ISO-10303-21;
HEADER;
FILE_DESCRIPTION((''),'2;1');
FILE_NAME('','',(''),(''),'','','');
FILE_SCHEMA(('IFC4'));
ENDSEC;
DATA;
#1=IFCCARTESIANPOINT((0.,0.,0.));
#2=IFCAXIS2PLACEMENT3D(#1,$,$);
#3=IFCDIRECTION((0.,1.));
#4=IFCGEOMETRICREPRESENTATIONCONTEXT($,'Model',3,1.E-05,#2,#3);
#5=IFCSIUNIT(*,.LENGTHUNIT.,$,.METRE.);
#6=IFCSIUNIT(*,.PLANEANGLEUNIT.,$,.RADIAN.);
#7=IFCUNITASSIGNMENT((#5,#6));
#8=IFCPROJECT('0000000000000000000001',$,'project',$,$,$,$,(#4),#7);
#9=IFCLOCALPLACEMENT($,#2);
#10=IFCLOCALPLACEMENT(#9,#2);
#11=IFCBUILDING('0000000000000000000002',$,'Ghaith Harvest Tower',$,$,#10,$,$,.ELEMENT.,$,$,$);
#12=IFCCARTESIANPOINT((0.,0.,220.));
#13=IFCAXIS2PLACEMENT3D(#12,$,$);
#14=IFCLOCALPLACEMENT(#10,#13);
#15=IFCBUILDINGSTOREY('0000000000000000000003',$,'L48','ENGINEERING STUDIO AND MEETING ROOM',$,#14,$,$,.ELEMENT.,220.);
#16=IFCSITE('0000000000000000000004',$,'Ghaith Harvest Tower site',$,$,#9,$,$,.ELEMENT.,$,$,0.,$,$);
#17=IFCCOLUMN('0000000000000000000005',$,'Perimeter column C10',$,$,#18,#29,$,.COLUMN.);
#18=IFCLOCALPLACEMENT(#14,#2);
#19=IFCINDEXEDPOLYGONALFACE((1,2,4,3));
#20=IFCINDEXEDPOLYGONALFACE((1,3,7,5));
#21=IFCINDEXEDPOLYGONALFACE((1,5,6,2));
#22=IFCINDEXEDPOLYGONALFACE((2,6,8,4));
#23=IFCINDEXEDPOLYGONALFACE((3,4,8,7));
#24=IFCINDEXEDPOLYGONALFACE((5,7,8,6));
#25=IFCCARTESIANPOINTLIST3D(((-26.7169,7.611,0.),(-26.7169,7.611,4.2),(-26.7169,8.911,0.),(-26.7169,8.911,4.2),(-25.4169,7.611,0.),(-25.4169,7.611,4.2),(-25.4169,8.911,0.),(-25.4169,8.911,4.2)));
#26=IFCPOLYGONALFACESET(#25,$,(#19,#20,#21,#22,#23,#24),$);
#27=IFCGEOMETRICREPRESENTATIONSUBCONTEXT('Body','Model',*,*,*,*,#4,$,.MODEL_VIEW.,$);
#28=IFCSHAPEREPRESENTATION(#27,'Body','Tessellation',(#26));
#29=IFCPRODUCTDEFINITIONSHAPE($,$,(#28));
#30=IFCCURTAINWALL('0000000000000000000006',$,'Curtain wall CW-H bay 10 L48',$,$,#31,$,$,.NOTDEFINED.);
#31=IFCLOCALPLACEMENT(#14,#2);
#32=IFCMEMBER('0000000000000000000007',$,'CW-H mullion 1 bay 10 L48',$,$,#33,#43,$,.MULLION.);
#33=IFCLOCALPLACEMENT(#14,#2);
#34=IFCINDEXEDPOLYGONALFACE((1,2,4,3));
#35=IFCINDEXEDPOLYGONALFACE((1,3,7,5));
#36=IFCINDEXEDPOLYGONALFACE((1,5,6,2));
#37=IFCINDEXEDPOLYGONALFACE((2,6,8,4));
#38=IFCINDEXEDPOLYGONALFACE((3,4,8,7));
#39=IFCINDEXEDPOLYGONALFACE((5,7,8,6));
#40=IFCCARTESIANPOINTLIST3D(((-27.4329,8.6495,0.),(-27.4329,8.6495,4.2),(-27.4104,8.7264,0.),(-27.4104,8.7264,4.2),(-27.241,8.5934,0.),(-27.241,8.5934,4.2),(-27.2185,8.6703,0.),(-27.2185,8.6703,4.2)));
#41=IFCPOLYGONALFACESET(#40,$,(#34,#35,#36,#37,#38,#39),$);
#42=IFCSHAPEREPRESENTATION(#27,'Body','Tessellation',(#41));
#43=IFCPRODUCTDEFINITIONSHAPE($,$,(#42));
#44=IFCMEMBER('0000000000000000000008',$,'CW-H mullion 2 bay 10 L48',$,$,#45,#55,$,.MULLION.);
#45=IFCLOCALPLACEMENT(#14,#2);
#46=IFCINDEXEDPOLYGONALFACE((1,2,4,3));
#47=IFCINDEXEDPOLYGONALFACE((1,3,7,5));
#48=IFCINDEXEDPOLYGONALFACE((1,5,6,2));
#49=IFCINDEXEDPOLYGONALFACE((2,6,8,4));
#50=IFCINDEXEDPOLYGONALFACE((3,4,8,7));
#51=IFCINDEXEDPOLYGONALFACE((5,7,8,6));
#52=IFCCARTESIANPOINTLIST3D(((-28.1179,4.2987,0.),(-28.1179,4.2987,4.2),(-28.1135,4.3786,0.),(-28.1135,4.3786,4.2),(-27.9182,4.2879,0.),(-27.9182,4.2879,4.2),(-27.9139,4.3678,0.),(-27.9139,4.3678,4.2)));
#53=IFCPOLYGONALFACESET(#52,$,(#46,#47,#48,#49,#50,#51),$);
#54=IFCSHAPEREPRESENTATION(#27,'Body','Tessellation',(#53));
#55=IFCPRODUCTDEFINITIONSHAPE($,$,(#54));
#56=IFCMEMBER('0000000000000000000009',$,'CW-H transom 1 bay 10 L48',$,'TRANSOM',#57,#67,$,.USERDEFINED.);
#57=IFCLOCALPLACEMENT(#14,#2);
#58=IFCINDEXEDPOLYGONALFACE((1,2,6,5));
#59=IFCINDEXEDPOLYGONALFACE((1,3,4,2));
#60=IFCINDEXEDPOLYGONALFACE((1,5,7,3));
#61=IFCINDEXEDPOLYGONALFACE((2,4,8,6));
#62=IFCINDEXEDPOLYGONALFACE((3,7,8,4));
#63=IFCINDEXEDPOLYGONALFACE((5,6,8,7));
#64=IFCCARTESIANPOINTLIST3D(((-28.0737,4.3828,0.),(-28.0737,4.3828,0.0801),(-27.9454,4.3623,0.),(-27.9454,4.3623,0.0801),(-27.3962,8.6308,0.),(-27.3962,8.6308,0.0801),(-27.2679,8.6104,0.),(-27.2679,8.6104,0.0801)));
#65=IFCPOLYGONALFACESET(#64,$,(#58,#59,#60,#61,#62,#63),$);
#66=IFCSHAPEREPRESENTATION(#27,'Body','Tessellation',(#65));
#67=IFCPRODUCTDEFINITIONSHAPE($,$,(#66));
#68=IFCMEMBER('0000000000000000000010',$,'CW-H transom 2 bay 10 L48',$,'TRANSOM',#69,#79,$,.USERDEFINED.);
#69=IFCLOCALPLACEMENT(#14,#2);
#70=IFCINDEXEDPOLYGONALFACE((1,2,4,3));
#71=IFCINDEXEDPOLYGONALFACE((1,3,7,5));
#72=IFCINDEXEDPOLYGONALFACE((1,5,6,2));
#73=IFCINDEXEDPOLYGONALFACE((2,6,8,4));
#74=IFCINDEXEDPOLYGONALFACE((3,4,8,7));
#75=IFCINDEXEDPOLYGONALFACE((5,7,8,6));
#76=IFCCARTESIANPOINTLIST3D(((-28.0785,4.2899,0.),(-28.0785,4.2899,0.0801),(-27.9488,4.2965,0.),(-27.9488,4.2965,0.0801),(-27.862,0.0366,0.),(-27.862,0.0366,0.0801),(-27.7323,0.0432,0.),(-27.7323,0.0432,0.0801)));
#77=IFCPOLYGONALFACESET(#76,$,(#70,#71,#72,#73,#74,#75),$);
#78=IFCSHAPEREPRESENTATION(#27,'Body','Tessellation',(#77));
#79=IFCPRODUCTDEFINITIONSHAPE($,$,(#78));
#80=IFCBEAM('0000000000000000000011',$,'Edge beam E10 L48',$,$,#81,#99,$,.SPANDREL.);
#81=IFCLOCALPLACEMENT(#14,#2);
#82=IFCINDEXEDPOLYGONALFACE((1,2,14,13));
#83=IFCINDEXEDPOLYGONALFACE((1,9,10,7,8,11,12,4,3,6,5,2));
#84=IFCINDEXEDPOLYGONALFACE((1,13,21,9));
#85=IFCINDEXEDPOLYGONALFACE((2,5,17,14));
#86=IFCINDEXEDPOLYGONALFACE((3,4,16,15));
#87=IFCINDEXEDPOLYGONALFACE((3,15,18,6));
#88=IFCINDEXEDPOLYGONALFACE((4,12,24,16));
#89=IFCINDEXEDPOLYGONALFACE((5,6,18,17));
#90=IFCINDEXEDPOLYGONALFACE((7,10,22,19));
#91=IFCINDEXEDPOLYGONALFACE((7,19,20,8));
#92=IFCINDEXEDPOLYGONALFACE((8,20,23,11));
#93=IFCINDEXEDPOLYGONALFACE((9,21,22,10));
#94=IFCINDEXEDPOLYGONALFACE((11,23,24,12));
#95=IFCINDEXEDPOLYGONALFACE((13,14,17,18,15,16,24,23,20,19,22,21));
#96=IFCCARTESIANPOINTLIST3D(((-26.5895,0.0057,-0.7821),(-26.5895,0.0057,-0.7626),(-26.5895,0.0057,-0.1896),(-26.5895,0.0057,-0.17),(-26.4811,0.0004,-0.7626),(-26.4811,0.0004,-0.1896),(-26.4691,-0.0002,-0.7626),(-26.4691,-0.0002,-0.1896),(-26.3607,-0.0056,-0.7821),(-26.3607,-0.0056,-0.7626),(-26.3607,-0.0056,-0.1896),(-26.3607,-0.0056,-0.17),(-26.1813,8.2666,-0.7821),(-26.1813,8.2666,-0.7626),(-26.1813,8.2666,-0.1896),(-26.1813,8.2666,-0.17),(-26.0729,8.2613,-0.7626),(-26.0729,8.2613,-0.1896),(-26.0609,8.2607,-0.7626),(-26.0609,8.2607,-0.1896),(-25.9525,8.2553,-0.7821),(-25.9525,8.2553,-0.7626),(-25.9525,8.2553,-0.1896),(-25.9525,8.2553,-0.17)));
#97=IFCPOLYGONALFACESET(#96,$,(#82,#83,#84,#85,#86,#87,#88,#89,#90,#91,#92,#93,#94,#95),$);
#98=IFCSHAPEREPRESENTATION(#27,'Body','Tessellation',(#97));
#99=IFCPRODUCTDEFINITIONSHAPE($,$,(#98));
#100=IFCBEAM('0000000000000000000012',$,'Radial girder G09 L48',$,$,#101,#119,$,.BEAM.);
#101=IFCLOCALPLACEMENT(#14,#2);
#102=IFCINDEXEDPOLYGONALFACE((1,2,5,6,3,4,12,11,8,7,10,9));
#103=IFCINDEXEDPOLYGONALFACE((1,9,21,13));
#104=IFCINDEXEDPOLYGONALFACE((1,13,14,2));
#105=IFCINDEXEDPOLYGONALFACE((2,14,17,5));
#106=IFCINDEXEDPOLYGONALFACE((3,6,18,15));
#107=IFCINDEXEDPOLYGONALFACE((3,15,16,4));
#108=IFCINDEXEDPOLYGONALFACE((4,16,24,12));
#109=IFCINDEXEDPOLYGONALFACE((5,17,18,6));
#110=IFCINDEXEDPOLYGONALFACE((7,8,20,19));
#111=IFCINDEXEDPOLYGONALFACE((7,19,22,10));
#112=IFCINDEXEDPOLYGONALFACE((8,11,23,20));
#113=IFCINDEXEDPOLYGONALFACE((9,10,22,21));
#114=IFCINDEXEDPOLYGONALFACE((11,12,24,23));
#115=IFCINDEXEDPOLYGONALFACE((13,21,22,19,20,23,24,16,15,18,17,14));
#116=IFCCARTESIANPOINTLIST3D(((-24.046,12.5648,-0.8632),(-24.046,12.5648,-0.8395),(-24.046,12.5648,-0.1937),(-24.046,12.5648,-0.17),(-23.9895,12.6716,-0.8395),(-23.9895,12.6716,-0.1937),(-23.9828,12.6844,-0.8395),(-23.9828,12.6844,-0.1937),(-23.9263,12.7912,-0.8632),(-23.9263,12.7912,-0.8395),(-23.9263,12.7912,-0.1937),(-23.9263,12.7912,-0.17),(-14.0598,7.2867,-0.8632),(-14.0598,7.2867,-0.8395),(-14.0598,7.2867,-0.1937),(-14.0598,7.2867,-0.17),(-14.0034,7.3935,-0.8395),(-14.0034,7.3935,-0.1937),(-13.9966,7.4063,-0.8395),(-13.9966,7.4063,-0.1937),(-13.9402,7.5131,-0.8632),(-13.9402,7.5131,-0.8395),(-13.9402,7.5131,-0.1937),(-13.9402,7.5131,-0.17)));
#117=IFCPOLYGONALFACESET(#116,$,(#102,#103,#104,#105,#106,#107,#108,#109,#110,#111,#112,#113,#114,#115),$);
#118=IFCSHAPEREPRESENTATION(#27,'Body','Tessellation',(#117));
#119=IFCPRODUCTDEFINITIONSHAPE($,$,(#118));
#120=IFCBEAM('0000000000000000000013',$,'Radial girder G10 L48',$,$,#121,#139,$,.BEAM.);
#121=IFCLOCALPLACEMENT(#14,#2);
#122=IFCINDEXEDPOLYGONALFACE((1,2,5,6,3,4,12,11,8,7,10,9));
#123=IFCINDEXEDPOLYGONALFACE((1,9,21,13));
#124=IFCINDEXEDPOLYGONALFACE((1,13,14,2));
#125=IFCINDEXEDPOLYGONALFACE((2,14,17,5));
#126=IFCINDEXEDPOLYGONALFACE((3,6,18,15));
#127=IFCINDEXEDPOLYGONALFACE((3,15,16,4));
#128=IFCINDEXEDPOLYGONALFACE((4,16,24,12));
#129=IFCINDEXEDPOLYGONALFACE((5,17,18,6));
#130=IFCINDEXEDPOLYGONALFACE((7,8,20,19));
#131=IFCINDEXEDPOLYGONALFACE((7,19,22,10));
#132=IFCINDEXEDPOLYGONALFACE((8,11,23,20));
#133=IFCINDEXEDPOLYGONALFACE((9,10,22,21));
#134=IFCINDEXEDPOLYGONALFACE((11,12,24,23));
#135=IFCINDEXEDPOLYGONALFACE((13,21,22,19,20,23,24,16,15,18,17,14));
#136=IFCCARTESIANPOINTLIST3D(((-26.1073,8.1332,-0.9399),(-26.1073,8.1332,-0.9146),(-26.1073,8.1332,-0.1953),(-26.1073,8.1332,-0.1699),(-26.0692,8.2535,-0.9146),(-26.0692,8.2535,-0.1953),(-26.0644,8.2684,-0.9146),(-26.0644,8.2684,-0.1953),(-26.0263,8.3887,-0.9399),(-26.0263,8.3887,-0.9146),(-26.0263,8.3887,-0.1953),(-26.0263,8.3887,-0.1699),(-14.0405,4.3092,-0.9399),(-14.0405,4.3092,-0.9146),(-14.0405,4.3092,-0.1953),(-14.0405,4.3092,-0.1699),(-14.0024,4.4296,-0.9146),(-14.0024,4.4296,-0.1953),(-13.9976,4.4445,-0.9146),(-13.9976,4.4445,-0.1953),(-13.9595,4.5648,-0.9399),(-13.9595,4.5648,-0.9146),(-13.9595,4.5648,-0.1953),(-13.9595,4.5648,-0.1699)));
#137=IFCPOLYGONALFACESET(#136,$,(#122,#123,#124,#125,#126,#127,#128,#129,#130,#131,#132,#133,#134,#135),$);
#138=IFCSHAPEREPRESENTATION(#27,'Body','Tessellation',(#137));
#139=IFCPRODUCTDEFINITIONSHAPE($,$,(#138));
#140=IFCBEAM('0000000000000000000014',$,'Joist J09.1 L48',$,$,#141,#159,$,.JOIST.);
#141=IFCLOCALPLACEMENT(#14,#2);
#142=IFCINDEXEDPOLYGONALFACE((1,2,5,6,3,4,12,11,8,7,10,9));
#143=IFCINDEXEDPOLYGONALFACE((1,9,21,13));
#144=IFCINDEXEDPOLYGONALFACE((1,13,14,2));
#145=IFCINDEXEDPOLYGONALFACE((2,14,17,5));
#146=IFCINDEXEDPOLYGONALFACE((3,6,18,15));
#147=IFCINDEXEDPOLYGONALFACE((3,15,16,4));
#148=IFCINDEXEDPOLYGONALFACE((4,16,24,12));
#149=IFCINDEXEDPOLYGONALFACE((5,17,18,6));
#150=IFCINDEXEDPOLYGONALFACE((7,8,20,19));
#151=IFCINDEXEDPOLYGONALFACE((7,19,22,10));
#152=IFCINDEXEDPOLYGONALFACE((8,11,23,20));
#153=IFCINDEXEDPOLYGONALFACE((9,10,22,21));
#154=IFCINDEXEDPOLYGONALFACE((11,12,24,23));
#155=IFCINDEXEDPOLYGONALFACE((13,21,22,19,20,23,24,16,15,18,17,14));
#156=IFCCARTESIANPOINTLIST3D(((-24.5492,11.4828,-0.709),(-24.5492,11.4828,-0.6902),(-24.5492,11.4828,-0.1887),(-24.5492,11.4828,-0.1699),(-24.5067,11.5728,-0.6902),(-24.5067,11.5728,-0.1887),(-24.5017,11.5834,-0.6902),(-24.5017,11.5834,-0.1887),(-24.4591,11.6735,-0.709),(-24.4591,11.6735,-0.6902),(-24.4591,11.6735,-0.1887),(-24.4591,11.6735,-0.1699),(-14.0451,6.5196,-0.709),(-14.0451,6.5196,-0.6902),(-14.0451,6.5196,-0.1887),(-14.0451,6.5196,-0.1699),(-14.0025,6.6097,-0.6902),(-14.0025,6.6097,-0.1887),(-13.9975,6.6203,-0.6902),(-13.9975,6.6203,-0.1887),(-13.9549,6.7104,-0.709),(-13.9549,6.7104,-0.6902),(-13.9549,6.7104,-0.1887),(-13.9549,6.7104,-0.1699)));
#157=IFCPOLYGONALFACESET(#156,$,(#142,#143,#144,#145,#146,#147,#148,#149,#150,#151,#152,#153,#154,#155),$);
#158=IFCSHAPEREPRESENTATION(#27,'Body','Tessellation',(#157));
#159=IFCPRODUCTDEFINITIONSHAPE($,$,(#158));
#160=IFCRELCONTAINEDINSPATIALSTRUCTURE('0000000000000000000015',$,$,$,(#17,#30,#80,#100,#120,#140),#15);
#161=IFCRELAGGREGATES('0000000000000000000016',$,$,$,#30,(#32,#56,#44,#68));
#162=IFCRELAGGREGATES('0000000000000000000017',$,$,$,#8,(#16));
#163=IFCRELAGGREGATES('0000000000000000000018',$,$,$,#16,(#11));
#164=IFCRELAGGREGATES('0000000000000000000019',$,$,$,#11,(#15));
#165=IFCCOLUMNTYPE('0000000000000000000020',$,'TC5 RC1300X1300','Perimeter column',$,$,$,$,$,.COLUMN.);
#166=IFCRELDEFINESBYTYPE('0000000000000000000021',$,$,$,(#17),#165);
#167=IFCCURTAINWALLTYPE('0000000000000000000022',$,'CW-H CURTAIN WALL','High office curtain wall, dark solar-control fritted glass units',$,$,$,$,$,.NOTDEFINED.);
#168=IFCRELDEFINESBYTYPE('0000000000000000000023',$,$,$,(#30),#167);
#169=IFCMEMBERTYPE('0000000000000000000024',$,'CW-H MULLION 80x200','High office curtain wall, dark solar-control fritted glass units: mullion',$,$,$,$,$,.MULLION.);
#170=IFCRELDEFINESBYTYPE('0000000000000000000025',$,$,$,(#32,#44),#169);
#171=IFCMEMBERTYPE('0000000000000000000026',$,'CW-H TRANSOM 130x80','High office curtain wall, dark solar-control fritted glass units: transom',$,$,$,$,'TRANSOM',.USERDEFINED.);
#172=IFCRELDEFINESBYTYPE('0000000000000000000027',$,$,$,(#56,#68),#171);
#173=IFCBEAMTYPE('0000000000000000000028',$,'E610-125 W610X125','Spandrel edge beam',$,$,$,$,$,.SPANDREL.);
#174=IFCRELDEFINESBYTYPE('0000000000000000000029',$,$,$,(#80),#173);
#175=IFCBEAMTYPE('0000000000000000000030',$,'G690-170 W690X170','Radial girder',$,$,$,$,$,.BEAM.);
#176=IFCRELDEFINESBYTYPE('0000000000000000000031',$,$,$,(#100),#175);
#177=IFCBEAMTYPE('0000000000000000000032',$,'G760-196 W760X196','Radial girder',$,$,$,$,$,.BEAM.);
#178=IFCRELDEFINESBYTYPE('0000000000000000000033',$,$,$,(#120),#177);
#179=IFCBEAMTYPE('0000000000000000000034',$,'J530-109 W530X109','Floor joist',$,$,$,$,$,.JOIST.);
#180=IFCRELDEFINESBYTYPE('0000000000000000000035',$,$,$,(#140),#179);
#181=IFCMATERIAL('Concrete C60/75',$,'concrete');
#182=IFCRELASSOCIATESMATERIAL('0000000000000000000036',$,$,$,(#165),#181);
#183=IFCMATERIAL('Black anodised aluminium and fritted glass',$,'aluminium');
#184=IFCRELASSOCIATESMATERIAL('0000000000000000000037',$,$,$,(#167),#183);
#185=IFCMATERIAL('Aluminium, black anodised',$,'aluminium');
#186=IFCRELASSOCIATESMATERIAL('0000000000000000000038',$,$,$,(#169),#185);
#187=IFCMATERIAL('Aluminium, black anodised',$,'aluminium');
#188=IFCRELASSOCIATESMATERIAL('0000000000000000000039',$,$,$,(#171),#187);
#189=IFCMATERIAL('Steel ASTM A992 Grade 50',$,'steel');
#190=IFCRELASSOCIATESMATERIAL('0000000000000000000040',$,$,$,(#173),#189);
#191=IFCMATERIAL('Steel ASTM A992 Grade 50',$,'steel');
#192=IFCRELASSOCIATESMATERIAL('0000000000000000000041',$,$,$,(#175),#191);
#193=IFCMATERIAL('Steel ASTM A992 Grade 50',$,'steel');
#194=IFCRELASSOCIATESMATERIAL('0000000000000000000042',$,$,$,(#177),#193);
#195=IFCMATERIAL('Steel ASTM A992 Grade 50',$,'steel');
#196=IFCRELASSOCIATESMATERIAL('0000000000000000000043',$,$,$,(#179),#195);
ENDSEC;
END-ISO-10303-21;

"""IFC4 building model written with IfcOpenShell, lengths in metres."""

from ifc_helpers import new_model, si_unit, direction, frame, origin, origin_2d, place, context, subcontext, project, spatial, rectangle, i_section, extrude, material, material_profile, profile_set, type_object, element, aggregate, save


model = new_model("IFC4")

# Units and contexts
model_context = context("Model", 3, precision=1e-05, world=origin(), true_north=direction((0.0, 1.0)))
body_context = subcontext(model_context, "Body", "Model", "MODEL_VIEW")
ifc_project = project(units=[si_unit("LENGTHUNIT", "METRE"), si_unit("PLANEANGLEUNIT", "RADIAN")], contexts=[model_context])

# Site, building, storey
site_placement = place(None, origin())
site = spatial("IfcSite", under=ifc_project, at=site_placement, Name="Ghaith Harvest Tower site", CompositionType="ELEMENT", RefElevation=0.0)
building_placement = place(site_placement, origin())
building = spatial("IfcBuilding", under=site, at=building_placement, Name="Ghaith Harvest Tower", CompositionType="ELEMENT")
storey_placement = place(building_placement, frame((0.0, 0.0, 220.0)))
storey = spatial("IfcBuildingStorey", under=building, at=storey_placement, Name="L48", Description="ENGINEERING STUDIO AND MEETING ROOM", CompositionType="ELEMENT", Elevation=220.0)

# Column
ifc_material_1 = material(Name="Concrete C60/75", Category="concrete")
ifc_material_profile_1 = material_profile(ifc_material_1, rectangle(XDim=1.3, YDim=1.3, at=origin_2d()), Name="RC1300X1300")
ifc_profile_set_1 = profile_set([ifc_material_profile_1], Name="Concrete C60/75")
column_type = type_object("IfcColumnType", Name="TC5 RC1300X1300", Description="Perimeter column", PredefinedType="COLUMN", material=ifc_profile_set_1)
column_placement = place(storey_placement, frame((-26.0669, 8.261, 0.0), z_axis=(0.0, 0.0, 1.0), x_axis=(1.0, 0.0, 0.0)))
element("IfcColumn", 1, at=column_placement, inside=storey, type_object=column_type, Name="Perimeter column C10", PredefinedType="COLUMN", context=body_context, shape_type="SweptSolid", body=[
    extrude(rectangle(XDim=1.3, YDim=1.3, at=origin_2d()), origin(), (0.0, 0.0, 1.0), 4.2),
])

# Curtain wall, members
ifc_material_2 = material(Name="Black anodised aluminium and fritted glass", Category="aluminium")
curtain_wall_type = type_object("IfcCurtainWallType", Name="CW-H CURTAIN WALL", Description="High office curtain wall, dark solar-control fritted glass units", PredefinedType="NOTDEFINED", material=ifc_material_2)
curtain_wall_placement = place(storey_placement, origin())
curtain_wall = element("IfcCurtainWall", 2, at=curtain_wall_placement, inside=storey, type_object=curtain_wall_type, Name="Curtain wall CW-H bay 10 L48", PredefinedType="NOTDEFINED")
ifc_material_3 = material(Name="Aluminium, black anodised", Category="aluminium")
ifc_material_profile_2 = material_profile(ifc_material_3, rectangle(XDim=0.0801, YDim=0.2, at=origin_2d()), Name="CW-H MULLION 80x200")
ifc_profile_set_2 = profile_set([ifc_material_profile_2], Name="Aluminium, black anodised")
member_type_1 = type_object("IfcMemberType", Name="CW-H MULLION 80x200", Description="High office curtain wall, dark solar-control fritted glass units: mullion", PredefinedType="MULLION", material=ifc_profile_set_2)
member_1_placement = place(storey_placement, frame((-27.3257, 8.6599, 0.0), z_axis=(0.0, 0.0, 1.0), x_axis=(-0.28052, -0.959848, 0.0)))
member_1 = element("IfcMember", 3, at=member_1_placement, type_object=member_type_1, Name="CW-H mullion 1 bay 10 L48", PredefinedType="MULLION", context=body_context, shape_type="SweptSolid", body=[
    extrude(rectangle(XDim=0.0801, YDim=0.2, at=origin_2d()), origin(), (0.0, 0.0, 1.0), 4.2),
])
member_2_placement = place(storey_placement, frame((-28.0159, 4.3333, 0.0), z_axis=(0.0, 0.0, 1.0), x_axis=(-0.054116, -0.998535, 0.0)))
member_2 = element("IfcMember", 4, at=member_2_placement, type_object=member_type_1, Name="CW-H mullion 2 bay 10 L48", PredefinedType="MULLION", context=body_context, shape_type="SweptSolid", body=[
    extrude(rectangle(XDim=0.0801, YDim=0.2, at=origin_2d()), origin(), (0.0, 0.0, 1.0), 4.2),
])
ifc_material_4 = material(Name="Aluminium, black anodised", Category="aluminium")
ifc_material_profile_3 = material_profile(ifc_material_4, rectangle(XDim=0.1299, YDim=0.0801, at=origin_2d()), Name="CW-H TRANSOM 130x80")
ifc_profile_set_3 = profile_set([ifc_material_profile_3], Name="Aluminium, black anodised")
member_type_2 = type_object("IfcMemberType", Name="CW-H TRANSOM 130x80", Description="High office curtain wall, dark solar-control fritted glass units: transom", ElementType="TRANSOM", PredefinedType="USERDEFINED", material=ifc_profile_set_3)
member_3_placement = place(storey_placement, frame((-27.332, 8.6206, 0.04), z_axis=(-0.157492, -0.98752, 0.0), x_axis=(0.98752, -0.157492, 0.0)))
member_3 = element("IfcMember", 5, at=member_3_placement, type_object=member_type_2, Name="CW-H transom 1 bay 10 L48", ObjectType="TRANSOM", PredefinedType="USERDEFINED", context=body_context, shape_type="SweptSolid", body=[
    extrude(rectangle(XDim=0.1299, YDim=0.0801, at=origin_2d()), origin(), (0.0, 0.0, 1.0), 4.3018),
])
member_4_placement = place(storey_placement, frame((-28.0137, 4.2932, 0.04), z_axis=(0.05085, -0.998706, 0.0), x_axis=(0.998706, 0.05085, 0.0)))
member_4 = element("IfcMember", 6, at=member_4_placement, type_object=member_type_2, Name="CW-H transom 2 bay 10 L48", ObjectType="TRANSOM", PredefinedType="USERDEFINED", context=body_context, shape_type="SweptSolid", body=[
    extrude(rectangle(XDim=0.1299, YDim=0.0801, at=origin_2d()), origin(), (0.0, 0.0, 1.0), 4.2588),
])

# Beams
ifc_material_5 = material(Name="Steel ASTM A992 Grade 50", Category="steel")
ifc_material_profile_4 = material_profile(ifc_material_5, i_section(OverallWidth=0.229, OverallDepth=0.6121, WebThickness=0.012, FlangeThickness=0.0195, at=origin_2d()), Name="W610X125")
ifc_profile_set_4 = profile_set([ifc_material_profile_4], Name="Steel ASTM A992 Grade 50")
beam_type_1 = type_object("IfcBeamType", Name="E610-125 W610X125", Description="Spandrel edge beam", PredefinedType="SPANDREL", material=ifc_profile_set_4)
beam_1_placement = place(storey_placement, frame((-26.0669, 8.261, -0.4761), z_axis=(-0.049353, -0.998781, 0.0), x_axis=(0.998781, -0.049353, 0.0)))
element("IfcBeam", 7, at=beam_1_placement, inside=storey, type_object=beam_type_1, Name="Edge beam E10 L48", PredefinedType="SPANDREL", context=body_context, shape_type="SweptSolid", body=[
    extrude(i_section(OverallWidth=0.229, OverallDepth=0.6121, WebThickness=0.012, FlangeThickness=0.0195, at=origin_2d()), origin(), (0.0, 0.0, 1.0), 8.271),
])
ifc_material_6 = material(Name="Steel ASTM A992 Grade 50", Category="steel")
ifc_material_profile_5 = material_profile(ifc_material_6, i_section(OverallWidth=0.2561, OverallDepth=0.6931, WebThickness=0.0144, FlangeThickness=0.0237, at=origin_2d()), Name="W690X170")
ifc_profile_set_5 = profile_set([ifc_material_profile_5], Name="Steel ASTM A992 Grade 50")
beam_type_2 = type_object("IfcBeamType", Name="G690-170 W690X170", Description="Radial girder", PredefinedType="BEAM", material=ifc_profile_set_5)
beam_2_placement = place(storey_placement, frame((-14.0, 7.3999, -0.5166), z_axis=(-0.884105, 0.467288, 0.0), x_axis=(-0.467288, -0.884105, 0.0)))
element("IfcBeam", 8, at=beam_2_placement, inside=storey, type_object=beam_type_2, Name="Radial girder G09 L48", PredefinedType="BEAM", context=body_context, shape_type="SweptSolid", body=[
    extrude(i_section(OverallWidth=0.2561, OverallDepth=0.6931, WebThickness=0.0144, FlangeThickness=0.0237, at=origin_2d()), origin(), (0.0, 0.0, 1.0), 11.2952),
])
ifc_material_7 = material(Name="Steel ASTM A992 Grade 50", Category="steel")
ifc_material_profile_6 = material_profile(ifc_material_7, i_section(OverallWidth=0.2681, OverallDepth=0.77, WebThickness=0.0156, FlangeThickness=0.0254, at=origin_2d()), Name="W760X196")
ifc_profile_set_6 = profile_set([ifc_material_profile_6], Name="Steel ASTM A992 Grade 50")
beam_type_3 = type_object("IfcBeamType", Name="G760-196 W760X196", Description="Radial girder", PredefinedType="BEAM", material=ifc_profile_set_6)
beam_3_placement = place(storey_placement, frame((-14.0, 4.437, -0.5549), z_axis=(-0.953279, 0.302092, 0.0), x_axis=(-0.302092, -0.953279, 0.0)))
element("IfcBeam", 9, at=beam_3_placement, inside=storey, type_object=beam_type_3, Name="Radial girder G10 L48", PredefinedType="BEAM", context=body_context, shape_type="SweptSolid", body=[
    extrude(i_section(OverallWidth=0.2681, OverallDepth=0.77, WebThickness=0.0156, FlangeThickness=0.0254, at=origin_2d()), origin(), (0.0, 0.0, 1.0), 12.6582),
])
ifc_material_8 = material(Name="Steel ASTM A992 Grade 50", Category="steel")
ifc_material_profile_7 = material_profile(ifc_material_8, i_section(OverallWidth=0.2109, OverallDepth=0.5391, WebThickness=0.0117, FlangeThickness=0.0188, at=origin_2d()), Name="W530X109")
ifc_profile_set_7 = profile_set([ifc_material_profile_7], Name="Steel ASTM A992 Grade 50")
beam_type_4 = type_object("IfcBeamType", Name="J530-109 W530X109", Description="Floor joist", PredefinedType="JOIST", material=ifc_profile_set_7)
beam_4_placement = place(storey_placement, frame((-14.0, 6.615, -0.4395), z_axis=(-0.904154, 0.427206, 0.0), x_axis=(-0.427206, -0.904154, 0.0)))
element("IfcBeam", 10, at=beam_4_placement, inside=storey, type_object=beam_type_4, Name="Joist J09.1 L48", PredefinedType="JOIST", context=body_context, shape_type="SweptSolid", body=[
    extrude(i_section(OverallWidth=0.2109, OverallDepth=0.5391, WebThickness=0.0117, FlangeThickness=0.0188, at=origin_2d()), origin(), (0.0, 0.0, 1.0), 11.6177),
])

aggregate(curtain_wall, [member_1, member_3, member_2, member_4])

save(model, "model.ifc")
